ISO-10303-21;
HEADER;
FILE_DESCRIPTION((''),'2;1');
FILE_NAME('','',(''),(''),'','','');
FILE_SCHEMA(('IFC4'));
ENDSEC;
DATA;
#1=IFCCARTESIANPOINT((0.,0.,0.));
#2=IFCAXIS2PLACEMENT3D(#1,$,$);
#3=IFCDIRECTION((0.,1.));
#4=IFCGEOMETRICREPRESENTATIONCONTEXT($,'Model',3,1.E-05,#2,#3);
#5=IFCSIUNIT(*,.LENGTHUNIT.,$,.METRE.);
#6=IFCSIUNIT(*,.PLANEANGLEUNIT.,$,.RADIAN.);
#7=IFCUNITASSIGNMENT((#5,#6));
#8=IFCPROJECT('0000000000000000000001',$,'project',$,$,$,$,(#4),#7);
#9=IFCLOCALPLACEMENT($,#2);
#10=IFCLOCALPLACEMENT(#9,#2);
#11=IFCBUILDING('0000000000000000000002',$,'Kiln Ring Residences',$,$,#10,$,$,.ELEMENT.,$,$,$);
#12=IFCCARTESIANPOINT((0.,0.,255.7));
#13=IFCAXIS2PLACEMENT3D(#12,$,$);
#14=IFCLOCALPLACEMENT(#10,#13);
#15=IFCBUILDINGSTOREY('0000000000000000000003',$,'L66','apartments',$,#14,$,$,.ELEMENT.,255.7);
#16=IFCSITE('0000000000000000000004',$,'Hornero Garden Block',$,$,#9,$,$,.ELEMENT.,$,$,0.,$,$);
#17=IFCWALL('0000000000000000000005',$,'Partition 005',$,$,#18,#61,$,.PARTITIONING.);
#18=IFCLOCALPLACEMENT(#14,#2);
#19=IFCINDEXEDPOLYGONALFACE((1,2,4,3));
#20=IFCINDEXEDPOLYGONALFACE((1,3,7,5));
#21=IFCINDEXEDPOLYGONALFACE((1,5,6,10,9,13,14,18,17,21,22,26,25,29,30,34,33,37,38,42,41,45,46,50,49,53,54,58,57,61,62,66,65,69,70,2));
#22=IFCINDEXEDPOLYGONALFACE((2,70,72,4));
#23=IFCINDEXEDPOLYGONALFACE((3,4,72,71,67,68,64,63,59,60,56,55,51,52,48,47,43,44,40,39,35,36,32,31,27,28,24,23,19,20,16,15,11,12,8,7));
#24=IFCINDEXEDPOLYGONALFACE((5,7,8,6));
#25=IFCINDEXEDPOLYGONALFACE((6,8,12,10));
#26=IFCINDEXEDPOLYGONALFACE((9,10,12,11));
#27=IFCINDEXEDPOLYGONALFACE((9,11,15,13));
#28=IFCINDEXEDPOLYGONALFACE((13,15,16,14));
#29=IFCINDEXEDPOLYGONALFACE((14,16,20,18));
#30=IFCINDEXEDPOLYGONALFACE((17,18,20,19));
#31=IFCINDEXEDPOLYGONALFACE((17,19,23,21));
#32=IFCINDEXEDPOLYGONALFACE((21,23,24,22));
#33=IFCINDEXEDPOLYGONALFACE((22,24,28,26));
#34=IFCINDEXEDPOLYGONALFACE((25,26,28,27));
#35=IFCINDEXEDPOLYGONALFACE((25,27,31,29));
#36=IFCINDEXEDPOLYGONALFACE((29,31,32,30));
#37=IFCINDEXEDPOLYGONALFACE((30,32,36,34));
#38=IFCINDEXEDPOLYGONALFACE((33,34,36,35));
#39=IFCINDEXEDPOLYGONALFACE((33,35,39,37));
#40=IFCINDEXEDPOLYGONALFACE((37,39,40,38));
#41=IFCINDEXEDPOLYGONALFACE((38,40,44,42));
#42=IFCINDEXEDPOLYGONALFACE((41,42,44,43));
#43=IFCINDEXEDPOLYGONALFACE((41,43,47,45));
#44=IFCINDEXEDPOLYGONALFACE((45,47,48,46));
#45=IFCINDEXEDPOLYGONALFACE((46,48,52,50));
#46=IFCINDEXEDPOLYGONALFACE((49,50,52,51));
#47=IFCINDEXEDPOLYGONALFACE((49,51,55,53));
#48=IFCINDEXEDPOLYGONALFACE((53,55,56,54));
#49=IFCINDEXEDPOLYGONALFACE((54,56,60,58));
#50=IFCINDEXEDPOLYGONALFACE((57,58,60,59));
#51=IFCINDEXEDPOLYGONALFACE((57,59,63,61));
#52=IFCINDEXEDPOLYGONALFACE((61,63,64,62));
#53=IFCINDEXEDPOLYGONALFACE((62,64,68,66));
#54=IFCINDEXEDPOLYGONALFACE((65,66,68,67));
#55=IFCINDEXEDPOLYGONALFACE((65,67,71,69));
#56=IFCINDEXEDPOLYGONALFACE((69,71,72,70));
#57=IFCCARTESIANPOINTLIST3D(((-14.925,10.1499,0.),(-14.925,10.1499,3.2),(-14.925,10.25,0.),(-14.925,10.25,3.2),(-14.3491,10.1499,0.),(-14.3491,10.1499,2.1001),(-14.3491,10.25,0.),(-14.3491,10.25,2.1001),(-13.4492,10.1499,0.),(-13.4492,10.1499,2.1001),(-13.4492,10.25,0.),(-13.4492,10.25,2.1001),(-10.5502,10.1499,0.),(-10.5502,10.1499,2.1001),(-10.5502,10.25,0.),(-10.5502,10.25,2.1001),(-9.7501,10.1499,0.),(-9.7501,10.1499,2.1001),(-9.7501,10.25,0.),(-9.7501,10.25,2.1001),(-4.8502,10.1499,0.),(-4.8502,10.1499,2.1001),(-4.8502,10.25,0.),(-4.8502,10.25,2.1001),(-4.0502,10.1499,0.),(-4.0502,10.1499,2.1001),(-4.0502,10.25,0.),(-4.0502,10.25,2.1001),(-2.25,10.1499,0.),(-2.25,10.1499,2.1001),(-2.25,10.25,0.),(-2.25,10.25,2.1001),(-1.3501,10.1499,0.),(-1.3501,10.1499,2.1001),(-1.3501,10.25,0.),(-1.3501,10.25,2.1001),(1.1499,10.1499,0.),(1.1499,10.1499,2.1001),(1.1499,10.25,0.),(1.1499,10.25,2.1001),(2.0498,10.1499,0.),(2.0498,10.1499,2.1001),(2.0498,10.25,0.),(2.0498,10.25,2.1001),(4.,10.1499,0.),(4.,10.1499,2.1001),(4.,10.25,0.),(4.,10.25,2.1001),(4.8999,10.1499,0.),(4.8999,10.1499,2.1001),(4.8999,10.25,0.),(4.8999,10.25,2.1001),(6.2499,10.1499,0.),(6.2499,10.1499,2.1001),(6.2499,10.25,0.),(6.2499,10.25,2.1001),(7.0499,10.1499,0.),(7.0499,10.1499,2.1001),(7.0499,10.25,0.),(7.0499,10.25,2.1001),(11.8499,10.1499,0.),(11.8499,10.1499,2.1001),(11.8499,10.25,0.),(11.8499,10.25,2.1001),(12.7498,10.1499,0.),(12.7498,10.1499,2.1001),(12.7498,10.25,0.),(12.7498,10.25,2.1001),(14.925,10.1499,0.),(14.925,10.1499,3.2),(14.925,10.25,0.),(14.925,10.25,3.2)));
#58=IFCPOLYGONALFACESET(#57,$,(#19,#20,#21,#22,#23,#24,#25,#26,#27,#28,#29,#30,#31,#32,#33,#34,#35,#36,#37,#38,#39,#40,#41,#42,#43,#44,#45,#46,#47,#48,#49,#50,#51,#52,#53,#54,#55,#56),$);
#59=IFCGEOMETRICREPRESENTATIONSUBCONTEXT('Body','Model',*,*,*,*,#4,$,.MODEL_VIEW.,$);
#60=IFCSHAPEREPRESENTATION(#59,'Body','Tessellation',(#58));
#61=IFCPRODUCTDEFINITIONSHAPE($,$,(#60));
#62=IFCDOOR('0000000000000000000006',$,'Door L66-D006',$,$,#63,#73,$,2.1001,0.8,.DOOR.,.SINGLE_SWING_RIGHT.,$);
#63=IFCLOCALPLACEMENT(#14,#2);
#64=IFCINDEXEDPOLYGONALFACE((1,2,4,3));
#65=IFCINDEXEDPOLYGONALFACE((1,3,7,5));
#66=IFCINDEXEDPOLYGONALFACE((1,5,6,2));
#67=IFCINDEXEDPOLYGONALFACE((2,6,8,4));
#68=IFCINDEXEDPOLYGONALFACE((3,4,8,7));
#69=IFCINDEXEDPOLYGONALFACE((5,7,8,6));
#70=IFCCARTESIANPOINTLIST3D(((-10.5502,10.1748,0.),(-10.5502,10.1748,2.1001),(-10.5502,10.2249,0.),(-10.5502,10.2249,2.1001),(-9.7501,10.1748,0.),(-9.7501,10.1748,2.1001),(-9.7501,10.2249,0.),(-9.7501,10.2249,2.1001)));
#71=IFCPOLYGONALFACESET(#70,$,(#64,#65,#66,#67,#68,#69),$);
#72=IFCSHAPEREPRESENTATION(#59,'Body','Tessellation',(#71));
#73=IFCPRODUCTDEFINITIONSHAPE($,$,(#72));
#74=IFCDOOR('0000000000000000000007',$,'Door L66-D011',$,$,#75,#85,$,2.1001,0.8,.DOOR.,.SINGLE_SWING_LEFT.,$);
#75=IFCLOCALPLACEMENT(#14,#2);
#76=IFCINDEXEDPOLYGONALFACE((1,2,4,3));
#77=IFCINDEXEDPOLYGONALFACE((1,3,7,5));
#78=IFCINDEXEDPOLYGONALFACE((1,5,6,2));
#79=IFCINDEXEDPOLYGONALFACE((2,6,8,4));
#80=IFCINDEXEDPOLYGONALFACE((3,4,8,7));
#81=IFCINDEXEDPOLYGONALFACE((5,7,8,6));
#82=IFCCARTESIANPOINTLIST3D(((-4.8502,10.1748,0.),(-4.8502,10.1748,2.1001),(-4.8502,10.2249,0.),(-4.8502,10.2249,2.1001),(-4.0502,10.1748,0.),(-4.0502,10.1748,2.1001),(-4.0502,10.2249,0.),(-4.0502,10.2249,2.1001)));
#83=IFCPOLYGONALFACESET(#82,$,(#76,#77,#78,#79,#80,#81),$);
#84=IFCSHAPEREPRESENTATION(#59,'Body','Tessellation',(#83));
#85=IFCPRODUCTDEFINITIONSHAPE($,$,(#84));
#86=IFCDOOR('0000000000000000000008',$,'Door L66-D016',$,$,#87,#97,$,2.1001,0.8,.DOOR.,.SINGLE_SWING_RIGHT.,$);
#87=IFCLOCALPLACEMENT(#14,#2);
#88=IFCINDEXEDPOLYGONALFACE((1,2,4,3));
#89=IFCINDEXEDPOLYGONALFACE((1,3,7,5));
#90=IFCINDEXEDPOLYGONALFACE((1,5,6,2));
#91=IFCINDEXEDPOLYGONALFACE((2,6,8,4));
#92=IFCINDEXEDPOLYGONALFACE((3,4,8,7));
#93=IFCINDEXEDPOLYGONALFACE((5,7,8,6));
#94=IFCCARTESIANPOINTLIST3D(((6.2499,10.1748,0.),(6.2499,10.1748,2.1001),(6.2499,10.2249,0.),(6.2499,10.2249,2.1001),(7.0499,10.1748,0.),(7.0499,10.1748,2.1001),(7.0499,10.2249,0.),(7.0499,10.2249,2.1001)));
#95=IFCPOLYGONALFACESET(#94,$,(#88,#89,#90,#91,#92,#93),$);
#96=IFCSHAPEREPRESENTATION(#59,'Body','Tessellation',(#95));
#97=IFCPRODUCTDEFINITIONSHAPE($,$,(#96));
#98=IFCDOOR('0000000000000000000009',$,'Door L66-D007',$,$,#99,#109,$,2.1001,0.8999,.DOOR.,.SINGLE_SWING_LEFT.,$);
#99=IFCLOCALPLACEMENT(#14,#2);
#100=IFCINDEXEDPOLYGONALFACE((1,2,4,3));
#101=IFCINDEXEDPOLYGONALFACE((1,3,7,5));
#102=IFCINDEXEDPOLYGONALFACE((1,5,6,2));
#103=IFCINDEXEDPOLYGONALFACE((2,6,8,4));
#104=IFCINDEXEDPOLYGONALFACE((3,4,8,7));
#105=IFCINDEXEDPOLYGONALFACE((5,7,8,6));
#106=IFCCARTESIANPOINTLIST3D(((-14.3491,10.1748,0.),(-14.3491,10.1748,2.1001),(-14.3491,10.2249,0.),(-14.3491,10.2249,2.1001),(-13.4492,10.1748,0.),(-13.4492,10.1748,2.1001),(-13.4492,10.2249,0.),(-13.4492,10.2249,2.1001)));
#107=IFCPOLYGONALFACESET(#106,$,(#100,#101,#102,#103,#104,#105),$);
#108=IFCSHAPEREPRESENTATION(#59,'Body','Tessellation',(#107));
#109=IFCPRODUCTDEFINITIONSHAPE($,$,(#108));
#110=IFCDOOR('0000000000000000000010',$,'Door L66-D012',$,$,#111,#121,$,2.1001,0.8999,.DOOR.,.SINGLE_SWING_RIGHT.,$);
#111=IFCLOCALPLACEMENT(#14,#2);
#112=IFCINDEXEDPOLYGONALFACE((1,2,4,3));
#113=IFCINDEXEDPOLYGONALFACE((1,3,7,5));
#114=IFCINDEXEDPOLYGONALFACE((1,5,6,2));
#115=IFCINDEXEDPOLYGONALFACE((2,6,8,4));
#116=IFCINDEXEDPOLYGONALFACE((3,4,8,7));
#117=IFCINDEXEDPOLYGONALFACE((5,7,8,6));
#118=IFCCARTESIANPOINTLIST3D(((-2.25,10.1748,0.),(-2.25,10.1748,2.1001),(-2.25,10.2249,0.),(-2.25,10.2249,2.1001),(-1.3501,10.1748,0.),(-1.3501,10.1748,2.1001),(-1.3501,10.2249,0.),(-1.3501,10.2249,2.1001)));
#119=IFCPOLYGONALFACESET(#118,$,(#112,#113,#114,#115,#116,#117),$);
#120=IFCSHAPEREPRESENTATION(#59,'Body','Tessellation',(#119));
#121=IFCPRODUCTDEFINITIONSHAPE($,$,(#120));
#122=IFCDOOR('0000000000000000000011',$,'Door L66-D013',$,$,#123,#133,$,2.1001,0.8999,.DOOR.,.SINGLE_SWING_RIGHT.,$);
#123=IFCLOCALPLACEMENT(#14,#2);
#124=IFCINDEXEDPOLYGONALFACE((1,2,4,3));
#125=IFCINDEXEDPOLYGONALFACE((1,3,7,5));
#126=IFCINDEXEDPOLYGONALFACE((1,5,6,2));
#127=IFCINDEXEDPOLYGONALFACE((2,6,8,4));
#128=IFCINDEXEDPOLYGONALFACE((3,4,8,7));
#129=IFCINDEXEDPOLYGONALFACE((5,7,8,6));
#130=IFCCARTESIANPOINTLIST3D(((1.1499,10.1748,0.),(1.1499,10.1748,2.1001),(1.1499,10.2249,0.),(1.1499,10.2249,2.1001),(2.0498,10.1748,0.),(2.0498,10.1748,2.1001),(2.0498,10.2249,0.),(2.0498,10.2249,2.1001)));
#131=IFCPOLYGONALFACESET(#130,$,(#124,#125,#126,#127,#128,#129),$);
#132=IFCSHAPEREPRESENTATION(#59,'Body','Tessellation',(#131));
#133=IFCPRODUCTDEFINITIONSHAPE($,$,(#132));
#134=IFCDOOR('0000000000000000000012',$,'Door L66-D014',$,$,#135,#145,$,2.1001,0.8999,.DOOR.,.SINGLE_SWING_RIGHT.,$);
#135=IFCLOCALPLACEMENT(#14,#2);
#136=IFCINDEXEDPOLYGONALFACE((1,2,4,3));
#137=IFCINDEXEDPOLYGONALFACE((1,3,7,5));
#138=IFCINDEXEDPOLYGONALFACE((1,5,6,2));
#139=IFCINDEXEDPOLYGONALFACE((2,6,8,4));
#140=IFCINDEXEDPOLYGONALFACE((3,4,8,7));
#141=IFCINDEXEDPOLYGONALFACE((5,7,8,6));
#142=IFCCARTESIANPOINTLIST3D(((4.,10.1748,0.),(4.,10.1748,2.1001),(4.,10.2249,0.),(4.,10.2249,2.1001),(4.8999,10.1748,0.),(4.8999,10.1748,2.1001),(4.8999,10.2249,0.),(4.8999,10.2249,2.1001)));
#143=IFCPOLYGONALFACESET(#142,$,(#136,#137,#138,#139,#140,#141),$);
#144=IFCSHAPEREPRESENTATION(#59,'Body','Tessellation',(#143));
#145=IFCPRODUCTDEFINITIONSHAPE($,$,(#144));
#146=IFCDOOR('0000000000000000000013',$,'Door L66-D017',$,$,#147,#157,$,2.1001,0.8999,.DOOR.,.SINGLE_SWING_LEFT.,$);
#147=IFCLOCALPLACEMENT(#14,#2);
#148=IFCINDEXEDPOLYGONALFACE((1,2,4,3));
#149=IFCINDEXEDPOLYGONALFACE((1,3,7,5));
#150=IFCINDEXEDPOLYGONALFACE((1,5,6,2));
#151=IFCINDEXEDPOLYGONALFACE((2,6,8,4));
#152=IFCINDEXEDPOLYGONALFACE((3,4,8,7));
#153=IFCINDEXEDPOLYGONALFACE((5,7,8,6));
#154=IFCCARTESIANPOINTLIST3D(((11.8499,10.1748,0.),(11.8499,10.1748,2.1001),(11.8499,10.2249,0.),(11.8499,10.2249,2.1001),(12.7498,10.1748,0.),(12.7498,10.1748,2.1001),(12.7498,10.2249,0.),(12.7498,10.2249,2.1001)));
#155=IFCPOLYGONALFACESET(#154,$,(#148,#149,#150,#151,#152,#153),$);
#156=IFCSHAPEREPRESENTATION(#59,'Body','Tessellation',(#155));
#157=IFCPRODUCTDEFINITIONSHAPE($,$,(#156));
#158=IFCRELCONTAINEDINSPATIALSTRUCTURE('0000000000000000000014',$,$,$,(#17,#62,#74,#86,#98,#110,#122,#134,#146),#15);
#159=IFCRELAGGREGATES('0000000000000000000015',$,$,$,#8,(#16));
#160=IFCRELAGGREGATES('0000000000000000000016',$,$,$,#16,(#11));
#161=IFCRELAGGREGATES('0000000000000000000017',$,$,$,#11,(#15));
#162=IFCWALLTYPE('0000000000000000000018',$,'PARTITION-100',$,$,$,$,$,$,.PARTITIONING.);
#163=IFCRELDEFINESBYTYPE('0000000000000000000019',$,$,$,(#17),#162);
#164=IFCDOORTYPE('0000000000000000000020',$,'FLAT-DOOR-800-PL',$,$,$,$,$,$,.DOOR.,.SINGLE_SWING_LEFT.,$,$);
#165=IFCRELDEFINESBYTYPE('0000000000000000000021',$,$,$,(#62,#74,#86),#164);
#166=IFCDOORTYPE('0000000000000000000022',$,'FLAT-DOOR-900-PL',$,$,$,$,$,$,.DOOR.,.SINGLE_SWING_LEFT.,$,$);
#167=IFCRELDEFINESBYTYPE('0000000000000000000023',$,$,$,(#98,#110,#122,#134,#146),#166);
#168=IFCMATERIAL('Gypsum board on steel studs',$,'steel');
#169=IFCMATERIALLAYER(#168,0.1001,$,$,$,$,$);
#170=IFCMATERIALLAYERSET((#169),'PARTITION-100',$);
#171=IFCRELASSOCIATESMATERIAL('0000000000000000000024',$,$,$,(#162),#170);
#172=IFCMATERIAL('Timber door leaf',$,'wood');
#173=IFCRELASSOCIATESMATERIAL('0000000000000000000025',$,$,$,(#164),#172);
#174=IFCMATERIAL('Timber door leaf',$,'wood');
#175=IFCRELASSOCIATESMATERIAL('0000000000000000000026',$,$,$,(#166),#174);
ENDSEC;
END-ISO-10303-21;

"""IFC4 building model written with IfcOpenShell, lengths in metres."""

from ifc_helpers import new_model, si_unit, direction, frame, frame_2d, origin, place, context, subcontext, project, spatial, rectangle, extrude, material, layer, layer_set, type_object, element, fill, save


model = new_model("IFC4")

# Units and contexts
model_context = context("Model", 3, precision=1e-05, world=origin(), true_north=direction((0.0, 1.0)))
body_context = subcontext(model_context, "Body", "Model", "MODEL_VIEW")
ifc_project = project(units=[si_unit("LENGTHUNIT", "METRE"), si_unit("PLANEANGLEUNIT", "RADIAN")], contexts=[model_context])

# Site, building, storey
site_placement = place(None, origin())
site = spatial("IfcSite", under=ifc_project, at=site_placement, Name="Hornero Garden Block", CompositionType="ELEMENT", RefElevation=0.0)
building_placement = place(site_placement, origin())
building = spatial("IfcBuilding", under=site, at=building_placement, Name="Kiln Ring Residences", CompositionType="ELEMENT")
storey_placement = place(building_placement, frame((0.0, 0.0, 255.7)))
storey = spatial("IfcBuildingStorey", under=building, at=storey_placement, Name="L66", Description="apartments", CompositionType="ELEMENT", Elevation=255.7)

# Wall, openings, doors
ifc_material_1 = material(Name="Gypsum board on steel studs", Category="steel")
ifc_layer_1 = layer(ifc_material_1, 0.1001)
ifc_layer_set_1 = layer_set([ifc_layer_1], Name="PARTITION-100")
wall_type_1 = type_object("IfcWallType", Name="PARTITION-100", PredefinedType="PARTITIONING", material=ifc_layer_set_1)
wall_1_placement = place(storey_placement, frame((-14.925, 10.2, 0.0), z_axis=(0.0, 0.0, 1.0), x_axis=(1.0, 0.0, 0.0)))
wall_1 = element("IfcWall", 1, at=wall_1_placement, inside=storey, type_object=wall_type_1, Name="Partition 005", PredefinedType="PARTITIONING", context=body_context, shape_type="SweptSolid", body=[
    extrude(rectangle(XDim=29.8501, YDim=0.1001, at=frame_2d((14.925, 0.0))), origin(), (0.0, 0.0, 1.0), 3.2),
])
opening_1_placement = place(wall_1_placement, frame((4.375, 0.0, 0.0)))
opening_1 = element("IfcOpeningElement", 2, at=opening_1_placement, cuts=wall_1, PredefinedType="OPENING", context=body_context, shape_type="SweptSolid", body=[
    extrude(rectangle(XDim=0.8, YDim=2.1001, at=frame_2d((0.3999, 1.05))), frame((0.0, 0.0601, 0.0), z_axis=(0.0, -1.0, 0.0), x_axis=(1.0, 0.0, 0.0)), (0.0, 0.0, 1.0), 0.1201),
])
opening_2_placement = place(wall_1_placement, frame((0.5759, 0.0, 0.0)))
opening_2 = element("IfcOpeningElement", 3, at=opening_2_placement, cuts=wall_1, PredefinedType="OPENING", context=body_context, shape_type="SweptSolid", body=[
    extrude(rectangle(XDim=0.8999, YDim=2.1001, at=frame_2d((0.45, 1.05))), frame((0.0, 0.0601, 0.0), z_axis=(0.0, -1.0, 0.0), x_axis=(1.0, 0.0, 0.0)), (0.0, 0.0, 1.0), 0.1201),
])
opening_3_placement = place(wall_1_placement, frame((10.075, 0.0, 0.0)))
opening_3 = element("IfcOpeningElement", 4, at=opening_3_placement, cuts=wall_1, PredefinedType="OPENING", context=body_context, shape_type="SweptSolid", body=[
    extrude(rectangle(XDim=0.8, YDim=2.1001, at=frame_2d((0.3999, 1.05))), frame((0.0, 0.0601, 0.0), z_axis=(0.0, -1.0, 0.0), x_axis=(1.0, 0.0, 0.0)), (0.0, 0.0, 1.0), 0.1201),
])
opening_4_placement = place(wall_1_placement, frame((12.675, 0.0, 0.0)))
opening_4 = element("IfcOpeningElement", 5, at=opening_4_placement, cuts=wall_1, PredefinedType="OPENING", context=body_context, shape_type="SweptSolid", body=[
    extrude(rectangle(XDim=0.8999, YDim=2.1001, at=frame_2d((0.45, 1.05))), frame((0.0, 0.0601, 0.0), z_axis=(0.0, -1.0, 0.0), x_axis=(1.0, 0.0, 0.0)), (0.0, 0.0, 1.0), 0.1201),
])
opening_5_placement = place(wall_1_placement, frame((16.075, 0.0, 0.0)))
opening_5 = element("IfcOpeningElement", 6, at=opening_5_placement, cuts=wall_1, PredefinedType="OPENING", context=body_context, shape_type="SweptSolid", body=[
    extrude(rectangle(XDim=0.8999, YDim=2.1001, at=frame_2d((0.45, 1.05))), frame((0.0, 0.0601, 0.0), z_axis=(0.0, -1.0, 0.0), x_axis=(1.0, 0.0, 0.0)), (0.0, 0.0, 1.0), 0.1201),
])
opening_6_placement = place(wall_1_placement, frame((18.925, 0.0, 0.0)))
opening_6 = element("IfcOpeningElement", 7, at=opening_6_placement, cuts=wall_1, PredefinedType="OPENING", context=body_context, shape_type="SweptSolid", body=[
    extrude(rectangle(XDim=0.8999, YDim=2.1001, at=frame_2d((0.45, 1.05))), frame((0.0, 0.0601, 0.0), z_axis=(0.0, -1.0, 0.0), x_axis=(1.0, 0.0, 0.0)), (0.0, 0.0, 1.0), 0.1201),
])
opening_7_placement = place(wall_1_placement, frame((21.175, 0.0, 0.0)))
opening_7 = element("IfcOpeningElement", 8, at=opening_7_placement, cuts=wall_1, PredefinedType="OPENING", context=body_context, shape_type="SweptSolid", body=[
    extrude(rectangle(XDim=0.8, YDim=2.1001, at=frame_2d((0.3999, 1.05))), frame((0.0, 0.0601, 0.0), z_axis=(0.0, -1.0, 0.0), x_axis=(1.0, 0.0, 0.0)), (0.0, 0.0, 1.0), 0.1201),
])
opening_8_placement = place(wall_1_placement, frame((26.7749, 0.0, 0.0)))
opening_8 = element("IfcOpeningElement", 9, at=opening_8_placement, cuts=wall_1, PredefinedType="OPENING", context=body_context, shape_type="SweptSolid", body=[
    extrude(rectangle(XDim=0.8999, YDim=2.1001, at=frame_2d((0.45, 1.05))), frame((0.0, 0.0601, 0.0), z_axis=(0.0, -1.0, 0.0), x_axis=(1.0, 0.0, 0.0)), (0.0, 0.0, 1.0), 0.1201),
])
ifc_material_2 = material(Name="Timber door leaf", Category="wood")
door_type_1 = type_object("IfcDoorType", Name="FLAT-DOOR-800-PL", OperationType="SINGLE_SWING_LEFT", PredefinedType="DOOR", material=ifc_material_2)
door_1_placement = place(opening_1_placement, origin())
door_1 = element("IfcDoor", 10, at=door_1_placement, inside=storey, type_object=door_type_1, Name="Door L66-D006", OperationType="SINGLE_SWING_RIGHT", OverallHeight=2.1001, OverallWidth=0.8, PredefinedType="DOOR", context=body_context, shape_type="SweptSolid", body=[
    extrude(rectangle(XDim=0.8, YDim=2.1001, at=frame_2d((0.3999, 1.05))), frame((0.0, 0.0249, 0.0), z_axis=(0.0, -1.0, 0.0), x_axis=(1.0, 0.0, 0.0)), (0.0, 0.0, 1.0), 0.05),
])
fill(opening_1, door_1)
door_2_placement = place(opening_3_placement, origin())
door_2 = element("IfcDoor", 11, at=door_2_placement, inside=storey, type_object=door_type_1, Name="Door L66-D011", OperationType="SINGLE_SWING_LEFT", OverallHeight=2.1001, OverallWidth=0.8, PredefinedType="DOOR", context=body_context, shape_type="SweptSolid", body=[
    extrude(rectangle(XDim=0.8, YDim=2.1001, at=frame_2d((0.3999, 1.05))), frame((0.0, 0.0249, 0.0), z_axis=(0.0, -1.0, 0.0), x_axis=(1.0, 0.0, 0.0)), (0.0, 0.0, 1.0), 0.05),
])
fill(opening_3, door_2)
door_3_placement = place(opening_7_placement, origin())
door_3 = element("IfcDoor", 12, at=door_3_placement, inside=storey, type_object=door_type_1, Name="Door L66-D016", OperationType="SINGLE_SWING_RIGHT", OverallHeight=2.1001, OverallWidth=0.8, PredefinedType="DOOR", context=body_context, shape_type="SweptSolid", body=[
    extrude(rectangle(XDim=0.8, YDim=2.1001, at=frame_2d((0.3999, 1.05))), frame((0.0, 0.0249, 0.0), z_axis=(0.0, -1.0, 0.0), x_axis=(1.0, 0.0, 0.0)), (0.0, 0.0, 1.0), 0.05),
])
fill(opening_7, door_3)
ifc_material_3 = material(Name="Timber door leaf", Category="wood")
door_type_2 = type_object("IfcDoorType", Name="FLAT-DOOR-900-PL", OperationType="SINGLE_SWING_LEFT", PredefinedType="DOOR", material=ifc_material_3)
door_4_placement = place(opening_2_placement, origin())
door_4 = element("IfcDoor", 13, at=door_4_placement, inside=storey, type_object=door_type_2, Name="Door L66-D007", OperationType="SINGLE_SWING_LEFT", OverallHeight=2.1001, OverallWidth=0.8999, PredefinedType="DOOR", context=body_context, shape_type="SweptSolid", body=[
    extrude(rectangle(XDim=0.8999, YDim=2.1001, at=frame_2d((0.45, 1.05))), frame((0.0, 0.0249, 0.0), z_axis=(0.0, -1.0, 0.0), x_axis=(1.0, 0.0, 0.0)), (0.0, 0.0, 1.0), 0.05),
])
fill(opening_2, door_4)
door_5_placement = place(opening_4_placement, origin())
door_5 = element("IfcDoor", 14, at=door_5_placement, inside=storey, type_object=door_type_2, Name="Door L66-D012", OperationType="SINGLE_SWING_RIGHT", OverallHeight=2.1001, OverallWidth=0.8999, PredefinedType="DOOR", context=body_context, shape_type="SweptSolid", body=[
    extrude(rectangle(XDim=0.8999, YDim=2.1001, at=frame_2d((0.45, 1.05))), frame((0.0, 0.0249, 0.0), z_axis=(0.0, -1.0, 0.0), x_axis=(1.0, 0.0, 0.0)), (0.0, 0.0, 1.0), 0.05),
])
fill(opening_4, door_5)
door_6_placement = place(opening_5_placement, origin())
door_6 = element("IfcDoor", 15, at=door_6_placement, inside=storey, type_object=door_type_2, Name="Door L66-D013", OperationType="SINGLE_SWING_RIGHT", OverallHeight=2.1001, OverallWidth=0.8999, PredefinedType="DOOR", context=body_context, shape_type="SweptSolid", body=[
    extrude(rectangle(XDim=0.8999, YDim=2.1001, at=frame_2d((0.45, 1.05))), frame((0.0, 0.0249, 0.0), z_axis=(0.0, -1.0, 0.0), x_axis=(1.0, 0.0, 0.0)), (0.0, 0.0, 1.0), 0.05),
])
fill(opening_5, door_6)
door_7_placement = place(opening_6_placement, origin())
door_7 = element("IfcDoor", 16, at=door_7_placement, inside=storey, type_object=door_type_2, Name="Door L66-D014", OperationType="SINGLE_SWING_RIGHT", OverallHeight=2.1001, OverallWidth=0.8999, PredefinedType="DOOR", context=body_context, shape_type="SweptSolid", body=[
    extrude(rectangle(XDim=0.8999, YDim=2.1001, at=frame_2d((0.45, 1.05))), frame((0.0, 0.0249, 0.0), z_axis=(0.0, -1.0, 0.0), x_axis=(1.0, 0.0, 0.0)), (0.0, 0.0, 1.0), 0.05),
])
fill(opening_6, door_7)
door_8_placement = place(opening_8_placement, origin())
door_8 = element("IfcDoor", 17, at=door_8_placement, inside=storey, type_object=door_type_2, Name="Door L66-D017", OperationType="SINGLE_SWING_LEFT", OverallHeight=2.1001, OverallWidth=0.8999, PredefinedType="DOOR", context=body_context, shape_type="SweptSolid", body=[
    extrude(rectangle(XDim=0.8999, YDim=2.1001, at=frame_2d((0.45, 1.05))), frame((0.0, 0.0249, 0.0), z_axis=(0.0, -1.0, 0.0), x_axis=(1.0, 0.0, 0.0)), (0.0, 0.0, 1.0), 0.05),
])
fill(opening_8, door_8)

save(model, "model.ifc")
